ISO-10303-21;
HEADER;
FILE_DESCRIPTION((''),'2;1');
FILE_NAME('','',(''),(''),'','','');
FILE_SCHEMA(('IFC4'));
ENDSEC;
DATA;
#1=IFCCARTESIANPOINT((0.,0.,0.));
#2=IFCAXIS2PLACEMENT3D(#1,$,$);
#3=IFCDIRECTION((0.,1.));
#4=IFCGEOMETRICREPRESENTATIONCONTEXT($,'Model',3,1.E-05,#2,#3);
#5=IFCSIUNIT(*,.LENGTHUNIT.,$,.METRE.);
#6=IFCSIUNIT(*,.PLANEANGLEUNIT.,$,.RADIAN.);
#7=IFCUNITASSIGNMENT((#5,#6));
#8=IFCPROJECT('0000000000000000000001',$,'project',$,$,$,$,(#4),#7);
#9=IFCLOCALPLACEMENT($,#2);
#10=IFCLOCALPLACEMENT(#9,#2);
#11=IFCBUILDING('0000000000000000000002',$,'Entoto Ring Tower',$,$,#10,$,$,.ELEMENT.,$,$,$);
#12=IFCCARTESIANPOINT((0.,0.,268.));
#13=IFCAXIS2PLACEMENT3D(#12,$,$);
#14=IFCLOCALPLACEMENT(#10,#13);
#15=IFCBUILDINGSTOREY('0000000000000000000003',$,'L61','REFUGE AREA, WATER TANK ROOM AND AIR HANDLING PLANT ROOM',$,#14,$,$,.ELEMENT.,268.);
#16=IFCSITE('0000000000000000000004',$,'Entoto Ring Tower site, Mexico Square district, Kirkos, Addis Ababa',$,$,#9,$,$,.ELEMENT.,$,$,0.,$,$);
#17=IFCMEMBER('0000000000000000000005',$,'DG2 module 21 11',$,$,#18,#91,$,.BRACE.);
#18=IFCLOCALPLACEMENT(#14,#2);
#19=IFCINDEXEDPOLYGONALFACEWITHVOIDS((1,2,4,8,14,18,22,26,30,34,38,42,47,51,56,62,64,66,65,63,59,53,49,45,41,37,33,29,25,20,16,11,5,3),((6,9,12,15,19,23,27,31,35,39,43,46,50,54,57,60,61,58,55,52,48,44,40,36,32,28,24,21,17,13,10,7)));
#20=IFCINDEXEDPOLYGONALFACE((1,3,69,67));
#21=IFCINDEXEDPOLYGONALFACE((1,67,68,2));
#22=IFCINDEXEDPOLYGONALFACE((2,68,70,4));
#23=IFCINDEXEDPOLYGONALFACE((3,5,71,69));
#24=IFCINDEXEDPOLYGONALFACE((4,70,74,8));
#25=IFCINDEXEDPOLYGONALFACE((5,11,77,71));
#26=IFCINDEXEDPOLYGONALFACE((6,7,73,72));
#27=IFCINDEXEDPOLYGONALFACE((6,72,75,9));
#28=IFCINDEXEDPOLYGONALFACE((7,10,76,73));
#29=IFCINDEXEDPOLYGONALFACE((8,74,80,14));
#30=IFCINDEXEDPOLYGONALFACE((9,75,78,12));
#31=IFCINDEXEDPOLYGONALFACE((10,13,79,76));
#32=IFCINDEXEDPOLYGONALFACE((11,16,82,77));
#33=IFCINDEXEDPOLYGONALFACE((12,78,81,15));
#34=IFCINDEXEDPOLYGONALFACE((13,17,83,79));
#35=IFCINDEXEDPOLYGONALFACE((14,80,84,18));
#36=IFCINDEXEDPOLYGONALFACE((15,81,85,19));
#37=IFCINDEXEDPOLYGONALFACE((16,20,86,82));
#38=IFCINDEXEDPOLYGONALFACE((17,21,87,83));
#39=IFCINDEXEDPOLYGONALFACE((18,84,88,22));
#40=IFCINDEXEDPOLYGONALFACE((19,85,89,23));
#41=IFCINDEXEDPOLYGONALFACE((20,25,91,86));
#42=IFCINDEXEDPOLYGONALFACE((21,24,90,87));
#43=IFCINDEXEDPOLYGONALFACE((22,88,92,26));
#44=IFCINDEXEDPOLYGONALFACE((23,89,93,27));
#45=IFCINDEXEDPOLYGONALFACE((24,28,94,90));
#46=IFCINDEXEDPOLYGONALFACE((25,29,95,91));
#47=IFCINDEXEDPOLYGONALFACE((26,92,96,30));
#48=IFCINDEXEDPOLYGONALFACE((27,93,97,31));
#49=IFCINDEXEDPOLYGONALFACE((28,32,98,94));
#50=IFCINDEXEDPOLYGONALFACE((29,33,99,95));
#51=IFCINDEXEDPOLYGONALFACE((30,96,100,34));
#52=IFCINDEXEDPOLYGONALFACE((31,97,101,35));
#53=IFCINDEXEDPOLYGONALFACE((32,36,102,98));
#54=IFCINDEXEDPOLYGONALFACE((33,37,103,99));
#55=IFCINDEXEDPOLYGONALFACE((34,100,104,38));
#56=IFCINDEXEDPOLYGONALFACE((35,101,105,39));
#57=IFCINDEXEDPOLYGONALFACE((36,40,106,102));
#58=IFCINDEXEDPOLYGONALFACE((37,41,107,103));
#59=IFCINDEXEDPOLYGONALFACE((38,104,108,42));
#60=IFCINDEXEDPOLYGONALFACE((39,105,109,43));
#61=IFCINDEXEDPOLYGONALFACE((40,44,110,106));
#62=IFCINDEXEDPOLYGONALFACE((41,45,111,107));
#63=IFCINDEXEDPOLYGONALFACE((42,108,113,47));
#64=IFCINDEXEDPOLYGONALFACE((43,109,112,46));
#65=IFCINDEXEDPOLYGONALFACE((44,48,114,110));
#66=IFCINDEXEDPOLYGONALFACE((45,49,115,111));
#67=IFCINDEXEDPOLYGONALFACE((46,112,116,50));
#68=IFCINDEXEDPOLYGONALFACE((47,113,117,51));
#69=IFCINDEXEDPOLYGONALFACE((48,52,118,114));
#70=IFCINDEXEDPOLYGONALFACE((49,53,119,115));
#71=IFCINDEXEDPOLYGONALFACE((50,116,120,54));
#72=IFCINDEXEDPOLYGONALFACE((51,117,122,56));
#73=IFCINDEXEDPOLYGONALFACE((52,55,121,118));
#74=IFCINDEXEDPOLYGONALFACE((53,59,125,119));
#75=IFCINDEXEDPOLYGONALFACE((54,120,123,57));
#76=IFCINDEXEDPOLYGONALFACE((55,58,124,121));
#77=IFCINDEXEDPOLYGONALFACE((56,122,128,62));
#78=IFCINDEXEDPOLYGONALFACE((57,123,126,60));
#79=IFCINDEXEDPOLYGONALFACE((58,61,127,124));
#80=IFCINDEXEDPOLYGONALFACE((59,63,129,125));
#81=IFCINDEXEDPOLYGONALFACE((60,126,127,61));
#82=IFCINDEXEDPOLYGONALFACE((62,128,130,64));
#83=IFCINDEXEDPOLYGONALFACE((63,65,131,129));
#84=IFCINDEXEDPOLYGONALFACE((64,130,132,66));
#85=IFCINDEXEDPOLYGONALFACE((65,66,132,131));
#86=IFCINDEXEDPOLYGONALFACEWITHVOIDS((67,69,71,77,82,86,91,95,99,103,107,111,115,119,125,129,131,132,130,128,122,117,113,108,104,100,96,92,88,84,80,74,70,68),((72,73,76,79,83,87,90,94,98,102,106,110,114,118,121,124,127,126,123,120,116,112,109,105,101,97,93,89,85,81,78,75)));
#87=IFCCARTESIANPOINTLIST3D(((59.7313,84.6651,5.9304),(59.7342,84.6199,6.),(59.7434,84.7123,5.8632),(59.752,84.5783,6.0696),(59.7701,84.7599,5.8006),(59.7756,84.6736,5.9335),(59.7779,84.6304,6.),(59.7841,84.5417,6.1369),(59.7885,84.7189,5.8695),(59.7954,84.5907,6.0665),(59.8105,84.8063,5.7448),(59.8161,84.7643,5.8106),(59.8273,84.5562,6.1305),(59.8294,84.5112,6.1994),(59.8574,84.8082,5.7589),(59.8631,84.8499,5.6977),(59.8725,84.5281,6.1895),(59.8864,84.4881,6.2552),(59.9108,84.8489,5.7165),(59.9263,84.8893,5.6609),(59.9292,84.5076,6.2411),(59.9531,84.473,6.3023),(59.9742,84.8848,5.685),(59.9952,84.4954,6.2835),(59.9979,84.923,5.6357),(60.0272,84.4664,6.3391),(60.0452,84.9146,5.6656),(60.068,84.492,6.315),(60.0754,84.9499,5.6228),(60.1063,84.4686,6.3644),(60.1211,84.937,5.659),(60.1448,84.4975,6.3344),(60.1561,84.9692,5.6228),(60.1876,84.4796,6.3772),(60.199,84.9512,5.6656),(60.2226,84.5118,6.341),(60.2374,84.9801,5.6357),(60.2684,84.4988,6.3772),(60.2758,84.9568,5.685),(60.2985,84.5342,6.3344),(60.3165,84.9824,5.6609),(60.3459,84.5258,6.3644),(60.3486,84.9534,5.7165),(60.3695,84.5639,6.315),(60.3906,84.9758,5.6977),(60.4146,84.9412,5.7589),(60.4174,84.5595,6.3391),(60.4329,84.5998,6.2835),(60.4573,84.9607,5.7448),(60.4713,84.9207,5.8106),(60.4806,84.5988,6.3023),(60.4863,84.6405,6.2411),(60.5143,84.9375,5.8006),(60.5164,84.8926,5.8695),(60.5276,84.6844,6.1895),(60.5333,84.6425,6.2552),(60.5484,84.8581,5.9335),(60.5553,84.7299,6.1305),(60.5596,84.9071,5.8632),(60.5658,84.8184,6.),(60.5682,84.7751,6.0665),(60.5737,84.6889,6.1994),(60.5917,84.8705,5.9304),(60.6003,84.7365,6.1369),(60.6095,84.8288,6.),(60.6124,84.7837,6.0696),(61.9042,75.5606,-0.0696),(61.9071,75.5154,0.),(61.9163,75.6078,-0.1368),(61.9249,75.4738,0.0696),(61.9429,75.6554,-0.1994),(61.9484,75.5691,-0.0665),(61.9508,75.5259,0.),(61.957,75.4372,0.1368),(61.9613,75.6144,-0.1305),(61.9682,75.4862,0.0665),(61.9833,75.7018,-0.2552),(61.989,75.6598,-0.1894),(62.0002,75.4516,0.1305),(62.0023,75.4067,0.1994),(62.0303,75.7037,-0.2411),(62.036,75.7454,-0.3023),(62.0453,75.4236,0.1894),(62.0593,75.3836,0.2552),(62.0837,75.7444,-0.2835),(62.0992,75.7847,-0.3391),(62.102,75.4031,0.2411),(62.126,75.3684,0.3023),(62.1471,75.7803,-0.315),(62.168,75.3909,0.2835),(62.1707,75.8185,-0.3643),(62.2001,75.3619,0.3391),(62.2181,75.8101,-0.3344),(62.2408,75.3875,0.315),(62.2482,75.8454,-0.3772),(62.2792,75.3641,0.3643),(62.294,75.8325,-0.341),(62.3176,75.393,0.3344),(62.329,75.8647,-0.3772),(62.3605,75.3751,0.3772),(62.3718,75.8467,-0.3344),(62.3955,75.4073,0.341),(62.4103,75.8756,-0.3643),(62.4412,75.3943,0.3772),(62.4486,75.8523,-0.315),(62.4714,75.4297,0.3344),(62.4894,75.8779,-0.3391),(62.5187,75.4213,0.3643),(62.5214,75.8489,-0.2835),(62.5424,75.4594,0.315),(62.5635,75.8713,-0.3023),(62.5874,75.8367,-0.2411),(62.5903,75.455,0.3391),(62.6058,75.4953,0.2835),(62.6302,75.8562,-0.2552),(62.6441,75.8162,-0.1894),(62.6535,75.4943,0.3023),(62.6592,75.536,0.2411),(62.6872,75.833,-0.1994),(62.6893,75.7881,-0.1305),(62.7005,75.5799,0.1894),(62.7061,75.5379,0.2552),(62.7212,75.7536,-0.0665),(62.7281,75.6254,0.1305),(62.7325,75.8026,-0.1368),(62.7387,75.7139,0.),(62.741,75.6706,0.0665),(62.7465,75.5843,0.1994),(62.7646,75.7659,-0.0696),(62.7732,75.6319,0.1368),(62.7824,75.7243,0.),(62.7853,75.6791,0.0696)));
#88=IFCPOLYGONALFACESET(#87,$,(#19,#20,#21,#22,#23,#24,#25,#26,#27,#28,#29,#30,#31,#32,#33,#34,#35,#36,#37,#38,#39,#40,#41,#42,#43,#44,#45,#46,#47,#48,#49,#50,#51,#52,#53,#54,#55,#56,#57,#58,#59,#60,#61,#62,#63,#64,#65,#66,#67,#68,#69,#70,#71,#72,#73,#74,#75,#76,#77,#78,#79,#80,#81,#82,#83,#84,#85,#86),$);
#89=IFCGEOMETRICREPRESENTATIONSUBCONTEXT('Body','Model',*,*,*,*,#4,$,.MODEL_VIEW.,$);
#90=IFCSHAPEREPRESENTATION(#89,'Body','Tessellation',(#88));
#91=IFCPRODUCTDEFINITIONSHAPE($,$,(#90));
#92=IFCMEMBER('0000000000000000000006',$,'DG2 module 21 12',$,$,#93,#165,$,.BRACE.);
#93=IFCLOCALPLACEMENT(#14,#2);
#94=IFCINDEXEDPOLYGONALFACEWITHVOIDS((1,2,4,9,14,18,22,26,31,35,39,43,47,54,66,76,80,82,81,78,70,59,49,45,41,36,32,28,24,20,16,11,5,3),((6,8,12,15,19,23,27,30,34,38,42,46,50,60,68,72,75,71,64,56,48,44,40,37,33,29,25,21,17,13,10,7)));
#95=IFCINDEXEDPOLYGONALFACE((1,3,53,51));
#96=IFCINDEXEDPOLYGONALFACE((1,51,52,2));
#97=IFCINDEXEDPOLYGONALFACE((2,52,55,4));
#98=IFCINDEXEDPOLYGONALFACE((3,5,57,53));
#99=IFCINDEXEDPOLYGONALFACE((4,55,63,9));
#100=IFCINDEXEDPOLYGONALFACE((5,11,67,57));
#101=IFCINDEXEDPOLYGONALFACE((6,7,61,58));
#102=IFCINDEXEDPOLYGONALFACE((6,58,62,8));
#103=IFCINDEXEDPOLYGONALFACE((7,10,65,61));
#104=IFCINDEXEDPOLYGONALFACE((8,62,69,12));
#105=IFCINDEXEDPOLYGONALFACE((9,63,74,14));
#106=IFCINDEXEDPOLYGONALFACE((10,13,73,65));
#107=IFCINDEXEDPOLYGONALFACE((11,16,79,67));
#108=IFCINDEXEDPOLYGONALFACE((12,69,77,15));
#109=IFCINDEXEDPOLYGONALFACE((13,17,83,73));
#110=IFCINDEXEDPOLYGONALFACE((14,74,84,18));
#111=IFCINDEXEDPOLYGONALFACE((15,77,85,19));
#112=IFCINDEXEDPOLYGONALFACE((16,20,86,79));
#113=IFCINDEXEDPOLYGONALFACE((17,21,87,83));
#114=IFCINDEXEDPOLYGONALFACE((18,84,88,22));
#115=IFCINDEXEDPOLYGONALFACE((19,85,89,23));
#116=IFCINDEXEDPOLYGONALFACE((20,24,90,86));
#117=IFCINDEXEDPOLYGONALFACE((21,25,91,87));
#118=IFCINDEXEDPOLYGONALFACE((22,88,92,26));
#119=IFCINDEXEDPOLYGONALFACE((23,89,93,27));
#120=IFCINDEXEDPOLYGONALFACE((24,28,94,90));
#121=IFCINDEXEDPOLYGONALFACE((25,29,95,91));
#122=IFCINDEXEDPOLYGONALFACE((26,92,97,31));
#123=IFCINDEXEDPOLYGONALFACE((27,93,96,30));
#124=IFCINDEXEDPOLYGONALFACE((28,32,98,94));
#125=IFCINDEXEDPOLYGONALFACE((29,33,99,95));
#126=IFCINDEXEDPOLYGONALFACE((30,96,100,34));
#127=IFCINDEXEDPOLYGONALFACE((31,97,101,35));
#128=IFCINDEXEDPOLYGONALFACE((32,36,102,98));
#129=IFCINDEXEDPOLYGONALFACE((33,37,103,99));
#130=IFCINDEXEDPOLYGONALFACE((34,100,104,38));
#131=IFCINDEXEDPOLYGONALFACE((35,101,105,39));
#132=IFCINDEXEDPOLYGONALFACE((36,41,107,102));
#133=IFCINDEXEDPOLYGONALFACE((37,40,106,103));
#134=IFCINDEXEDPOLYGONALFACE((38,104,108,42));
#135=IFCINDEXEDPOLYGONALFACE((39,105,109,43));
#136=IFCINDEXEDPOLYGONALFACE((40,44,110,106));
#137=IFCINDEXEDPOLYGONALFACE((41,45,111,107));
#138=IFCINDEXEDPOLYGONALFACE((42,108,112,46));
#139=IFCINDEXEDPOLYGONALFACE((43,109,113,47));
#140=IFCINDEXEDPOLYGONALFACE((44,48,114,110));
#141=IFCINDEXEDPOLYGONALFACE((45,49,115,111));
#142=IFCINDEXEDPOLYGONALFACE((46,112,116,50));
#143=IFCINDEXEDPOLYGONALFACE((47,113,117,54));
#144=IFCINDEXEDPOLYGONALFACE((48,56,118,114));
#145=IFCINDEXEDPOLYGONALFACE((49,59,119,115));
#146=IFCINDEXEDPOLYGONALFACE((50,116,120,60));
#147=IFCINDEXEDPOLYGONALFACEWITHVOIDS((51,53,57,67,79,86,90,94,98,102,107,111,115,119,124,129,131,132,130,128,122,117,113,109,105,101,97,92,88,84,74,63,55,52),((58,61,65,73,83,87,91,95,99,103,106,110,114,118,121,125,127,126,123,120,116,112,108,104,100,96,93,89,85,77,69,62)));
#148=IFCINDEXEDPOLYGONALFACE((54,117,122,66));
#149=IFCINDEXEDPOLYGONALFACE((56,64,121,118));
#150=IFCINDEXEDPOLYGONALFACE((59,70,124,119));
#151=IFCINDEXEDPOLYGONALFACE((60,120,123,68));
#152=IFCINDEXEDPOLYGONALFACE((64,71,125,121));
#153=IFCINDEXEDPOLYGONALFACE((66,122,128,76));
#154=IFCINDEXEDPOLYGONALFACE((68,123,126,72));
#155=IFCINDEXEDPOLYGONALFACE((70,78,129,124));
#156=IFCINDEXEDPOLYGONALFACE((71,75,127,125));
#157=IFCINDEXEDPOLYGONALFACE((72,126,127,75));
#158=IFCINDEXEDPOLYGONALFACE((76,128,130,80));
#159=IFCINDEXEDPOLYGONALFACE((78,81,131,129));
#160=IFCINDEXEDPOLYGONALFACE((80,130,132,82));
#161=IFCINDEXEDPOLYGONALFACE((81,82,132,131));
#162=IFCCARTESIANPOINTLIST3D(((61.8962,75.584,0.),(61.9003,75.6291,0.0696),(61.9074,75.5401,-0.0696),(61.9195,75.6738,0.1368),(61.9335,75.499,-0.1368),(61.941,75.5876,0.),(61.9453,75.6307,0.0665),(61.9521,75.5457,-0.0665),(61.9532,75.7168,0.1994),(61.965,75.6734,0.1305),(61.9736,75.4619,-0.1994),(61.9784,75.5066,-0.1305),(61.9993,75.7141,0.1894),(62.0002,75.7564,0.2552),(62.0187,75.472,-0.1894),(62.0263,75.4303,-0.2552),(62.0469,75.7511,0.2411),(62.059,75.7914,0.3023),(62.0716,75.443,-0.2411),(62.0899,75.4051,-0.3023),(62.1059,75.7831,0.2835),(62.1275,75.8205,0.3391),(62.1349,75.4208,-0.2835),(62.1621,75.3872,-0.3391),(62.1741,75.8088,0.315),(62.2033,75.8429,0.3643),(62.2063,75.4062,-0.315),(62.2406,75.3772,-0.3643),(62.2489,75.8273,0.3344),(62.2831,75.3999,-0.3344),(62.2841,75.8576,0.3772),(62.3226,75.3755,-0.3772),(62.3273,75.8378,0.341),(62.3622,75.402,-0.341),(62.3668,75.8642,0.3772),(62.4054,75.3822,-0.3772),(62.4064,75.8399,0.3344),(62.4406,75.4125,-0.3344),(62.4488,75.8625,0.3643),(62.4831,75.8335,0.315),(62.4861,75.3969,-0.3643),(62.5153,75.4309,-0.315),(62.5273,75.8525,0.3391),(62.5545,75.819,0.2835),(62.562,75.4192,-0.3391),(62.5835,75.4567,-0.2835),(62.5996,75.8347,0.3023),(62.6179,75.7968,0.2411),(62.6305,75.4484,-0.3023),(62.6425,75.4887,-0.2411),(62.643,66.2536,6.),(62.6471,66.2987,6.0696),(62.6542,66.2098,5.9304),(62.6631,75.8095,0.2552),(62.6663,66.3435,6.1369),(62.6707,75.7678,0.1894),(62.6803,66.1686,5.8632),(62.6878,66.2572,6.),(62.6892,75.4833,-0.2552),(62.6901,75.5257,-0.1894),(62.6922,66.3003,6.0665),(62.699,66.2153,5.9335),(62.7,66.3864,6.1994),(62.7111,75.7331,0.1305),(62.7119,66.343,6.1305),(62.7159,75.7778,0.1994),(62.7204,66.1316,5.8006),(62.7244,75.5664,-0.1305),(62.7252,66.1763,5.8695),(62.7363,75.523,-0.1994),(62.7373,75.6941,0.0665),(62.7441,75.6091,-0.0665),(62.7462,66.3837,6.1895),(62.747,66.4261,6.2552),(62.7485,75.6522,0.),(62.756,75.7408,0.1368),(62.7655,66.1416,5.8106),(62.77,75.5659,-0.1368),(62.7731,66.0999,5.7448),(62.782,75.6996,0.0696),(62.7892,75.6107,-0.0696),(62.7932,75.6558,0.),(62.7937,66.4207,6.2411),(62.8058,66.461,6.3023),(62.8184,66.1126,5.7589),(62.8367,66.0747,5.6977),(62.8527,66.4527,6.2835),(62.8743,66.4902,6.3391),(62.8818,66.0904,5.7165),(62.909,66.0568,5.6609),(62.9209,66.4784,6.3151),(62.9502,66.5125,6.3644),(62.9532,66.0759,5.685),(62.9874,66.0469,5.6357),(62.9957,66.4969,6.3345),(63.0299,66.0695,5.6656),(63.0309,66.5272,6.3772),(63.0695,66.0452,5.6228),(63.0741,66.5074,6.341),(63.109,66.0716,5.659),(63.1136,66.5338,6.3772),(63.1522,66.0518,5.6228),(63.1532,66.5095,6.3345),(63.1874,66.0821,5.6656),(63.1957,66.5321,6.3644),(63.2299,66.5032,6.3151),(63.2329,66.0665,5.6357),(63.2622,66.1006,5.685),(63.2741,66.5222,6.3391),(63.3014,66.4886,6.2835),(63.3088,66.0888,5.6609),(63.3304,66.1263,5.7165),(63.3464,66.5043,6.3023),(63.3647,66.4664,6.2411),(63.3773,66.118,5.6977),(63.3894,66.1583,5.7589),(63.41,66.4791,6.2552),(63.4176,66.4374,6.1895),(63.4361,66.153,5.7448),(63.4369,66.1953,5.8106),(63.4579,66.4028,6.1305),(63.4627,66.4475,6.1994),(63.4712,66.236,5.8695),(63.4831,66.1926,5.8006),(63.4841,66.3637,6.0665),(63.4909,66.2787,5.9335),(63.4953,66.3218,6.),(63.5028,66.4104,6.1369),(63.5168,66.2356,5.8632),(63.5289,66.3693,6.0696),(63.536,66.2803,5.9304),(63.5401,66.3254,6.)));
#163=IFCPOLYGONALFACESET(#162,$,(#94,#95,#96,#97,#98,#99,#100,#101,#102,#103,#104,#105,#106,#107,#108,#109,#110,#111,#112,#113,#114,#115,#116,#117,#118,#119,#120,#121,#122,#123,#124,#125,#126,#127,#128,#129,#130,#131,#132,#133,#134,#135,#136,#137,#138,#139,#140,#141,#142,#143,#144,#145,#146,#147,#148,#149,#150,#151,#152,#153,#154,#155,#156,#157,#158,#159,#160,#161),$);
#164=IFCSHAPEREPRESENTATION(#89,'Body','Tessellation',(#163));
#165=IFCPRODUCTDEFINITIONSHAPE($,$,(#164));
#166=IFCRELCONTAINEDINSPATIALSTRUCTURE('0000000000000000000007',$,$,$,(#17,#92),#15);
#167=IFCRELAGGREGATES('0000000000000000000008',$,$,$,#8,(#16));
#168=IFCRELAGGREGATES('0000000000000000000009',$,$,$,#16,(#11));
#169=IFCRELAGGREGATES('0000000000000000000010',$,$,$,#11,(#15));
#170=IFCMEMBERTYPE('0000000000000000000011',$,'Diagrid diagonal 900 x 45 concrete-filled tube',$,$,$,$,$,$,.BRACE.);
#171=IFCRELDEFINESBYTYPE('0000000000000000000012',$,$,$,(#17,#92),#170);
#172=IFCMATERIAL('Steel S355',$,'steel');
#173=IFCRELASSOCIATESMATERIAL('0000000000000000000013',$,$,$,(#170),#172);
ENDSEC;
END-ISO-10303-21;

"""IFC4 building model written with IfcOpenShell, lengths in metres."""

from ifc_helpers import new_model, si_unit, direction, frame, origin, origin_2d, place, context, subcontext, project, spatial, circle, hollow_circle, extrude, material, material_profile, profile_set, type_object, element, save


model = new_model("IFC4")

# Units and contexts
model_context = context("Model", 3, precision=1e-05, world=origin(), true_north=direction((0.0, 1.0)))
body_context = subcontext(model_context, "Body", "Model", "MODEL_VIEW")
ifc_project = project(units=[si_unit("LENGTHUNIT", "METRE"), si_unit("PLANEANGLEUNIT", "RADIAN")], contexts=[model_context])

# Site, building, storey
site_placement = place(None, origin())
site = spatial("IfcSite", under=ifc_project, at=site_placement, Name="Entoto Ring Tower site, Mexico Square district, Kirkos, Addis Ababa", CompositionType="ELEMENT", RefElevation=0.0)
building_placement = place(site_placement, origin())
building = spatial("IfcBuilding", under=site, at=building_placement, Name="Entoto Ring Tower", CompositionType="ELEMENT")
storey_placement = place(building_placement, frame((0.0, 0.0, 268.0)))
storey = spatial("IfcBuildingStorey", under=building, at=storey_placement, Name="L61", Description="REFUGE AREA, WATER TANK ROOM AND AIR HANDLING PLANT ROOM", CompositionType="ELEMENT", Elevation=268.0)

# Members
ifc_material_1 = material(Name="Steel S355", Category="steel")
ifc_material_profile_1 = material_profile(ifc_material_1, hollow_circle(Radius=0.45, WallThickness=0.0449, at=origin_2d()), Name="CHS 900 x 45")
ifc_material_2 = material(Name="Concrete C60/75", Category="concrete")
ifc_material_profile_2 = material_profile(ifc_material_2, circle(Radius=0.405, at=origin_2d()), Name="Concrete C60/75 infill")
ifc_profile_set_1 = profile_set([ifc_material_profile_1, ifc_material_profile_2], Name="Steel S355")
member_type_1 = type_object("IfcMemberType", Name="Diagrid diagonal 900 x 45 concrete-filled tube", PredefinedType="BRACE", material=ifc_profile_set_1)
for number, where, z_axis, x_axis, name in (
    (1, (62.3447, 75.6199, 0.0), (-0.195433, 0.818886, 0.539659), (-0.972683, -0.232138, 0.0), "DG2 module 21 11"),
    (2, (62.3447, 75.6199, 0.0), (0.067172, -0.839199, 0.539659), (0.996812, 0.079788, 0.0), "DG2 module 21 12"),
):
    element("IfcMember", number, at=place(storey_placement, frame(where, z_axis=z_axis, x_axis=x_axis)), inside=storey, type_object=member_type_1, Name=name, PredefinedType="BRACE", context=body_context, shape_type="SweptSolid", body=[
        extrude(hollow_circle(Radius=0.45, WallThickness=0.0449, at=origin_2d()), origin(), (0.0, 0.0, 1.0), 11.1182),
    ])

save(model, "model.ifc")
